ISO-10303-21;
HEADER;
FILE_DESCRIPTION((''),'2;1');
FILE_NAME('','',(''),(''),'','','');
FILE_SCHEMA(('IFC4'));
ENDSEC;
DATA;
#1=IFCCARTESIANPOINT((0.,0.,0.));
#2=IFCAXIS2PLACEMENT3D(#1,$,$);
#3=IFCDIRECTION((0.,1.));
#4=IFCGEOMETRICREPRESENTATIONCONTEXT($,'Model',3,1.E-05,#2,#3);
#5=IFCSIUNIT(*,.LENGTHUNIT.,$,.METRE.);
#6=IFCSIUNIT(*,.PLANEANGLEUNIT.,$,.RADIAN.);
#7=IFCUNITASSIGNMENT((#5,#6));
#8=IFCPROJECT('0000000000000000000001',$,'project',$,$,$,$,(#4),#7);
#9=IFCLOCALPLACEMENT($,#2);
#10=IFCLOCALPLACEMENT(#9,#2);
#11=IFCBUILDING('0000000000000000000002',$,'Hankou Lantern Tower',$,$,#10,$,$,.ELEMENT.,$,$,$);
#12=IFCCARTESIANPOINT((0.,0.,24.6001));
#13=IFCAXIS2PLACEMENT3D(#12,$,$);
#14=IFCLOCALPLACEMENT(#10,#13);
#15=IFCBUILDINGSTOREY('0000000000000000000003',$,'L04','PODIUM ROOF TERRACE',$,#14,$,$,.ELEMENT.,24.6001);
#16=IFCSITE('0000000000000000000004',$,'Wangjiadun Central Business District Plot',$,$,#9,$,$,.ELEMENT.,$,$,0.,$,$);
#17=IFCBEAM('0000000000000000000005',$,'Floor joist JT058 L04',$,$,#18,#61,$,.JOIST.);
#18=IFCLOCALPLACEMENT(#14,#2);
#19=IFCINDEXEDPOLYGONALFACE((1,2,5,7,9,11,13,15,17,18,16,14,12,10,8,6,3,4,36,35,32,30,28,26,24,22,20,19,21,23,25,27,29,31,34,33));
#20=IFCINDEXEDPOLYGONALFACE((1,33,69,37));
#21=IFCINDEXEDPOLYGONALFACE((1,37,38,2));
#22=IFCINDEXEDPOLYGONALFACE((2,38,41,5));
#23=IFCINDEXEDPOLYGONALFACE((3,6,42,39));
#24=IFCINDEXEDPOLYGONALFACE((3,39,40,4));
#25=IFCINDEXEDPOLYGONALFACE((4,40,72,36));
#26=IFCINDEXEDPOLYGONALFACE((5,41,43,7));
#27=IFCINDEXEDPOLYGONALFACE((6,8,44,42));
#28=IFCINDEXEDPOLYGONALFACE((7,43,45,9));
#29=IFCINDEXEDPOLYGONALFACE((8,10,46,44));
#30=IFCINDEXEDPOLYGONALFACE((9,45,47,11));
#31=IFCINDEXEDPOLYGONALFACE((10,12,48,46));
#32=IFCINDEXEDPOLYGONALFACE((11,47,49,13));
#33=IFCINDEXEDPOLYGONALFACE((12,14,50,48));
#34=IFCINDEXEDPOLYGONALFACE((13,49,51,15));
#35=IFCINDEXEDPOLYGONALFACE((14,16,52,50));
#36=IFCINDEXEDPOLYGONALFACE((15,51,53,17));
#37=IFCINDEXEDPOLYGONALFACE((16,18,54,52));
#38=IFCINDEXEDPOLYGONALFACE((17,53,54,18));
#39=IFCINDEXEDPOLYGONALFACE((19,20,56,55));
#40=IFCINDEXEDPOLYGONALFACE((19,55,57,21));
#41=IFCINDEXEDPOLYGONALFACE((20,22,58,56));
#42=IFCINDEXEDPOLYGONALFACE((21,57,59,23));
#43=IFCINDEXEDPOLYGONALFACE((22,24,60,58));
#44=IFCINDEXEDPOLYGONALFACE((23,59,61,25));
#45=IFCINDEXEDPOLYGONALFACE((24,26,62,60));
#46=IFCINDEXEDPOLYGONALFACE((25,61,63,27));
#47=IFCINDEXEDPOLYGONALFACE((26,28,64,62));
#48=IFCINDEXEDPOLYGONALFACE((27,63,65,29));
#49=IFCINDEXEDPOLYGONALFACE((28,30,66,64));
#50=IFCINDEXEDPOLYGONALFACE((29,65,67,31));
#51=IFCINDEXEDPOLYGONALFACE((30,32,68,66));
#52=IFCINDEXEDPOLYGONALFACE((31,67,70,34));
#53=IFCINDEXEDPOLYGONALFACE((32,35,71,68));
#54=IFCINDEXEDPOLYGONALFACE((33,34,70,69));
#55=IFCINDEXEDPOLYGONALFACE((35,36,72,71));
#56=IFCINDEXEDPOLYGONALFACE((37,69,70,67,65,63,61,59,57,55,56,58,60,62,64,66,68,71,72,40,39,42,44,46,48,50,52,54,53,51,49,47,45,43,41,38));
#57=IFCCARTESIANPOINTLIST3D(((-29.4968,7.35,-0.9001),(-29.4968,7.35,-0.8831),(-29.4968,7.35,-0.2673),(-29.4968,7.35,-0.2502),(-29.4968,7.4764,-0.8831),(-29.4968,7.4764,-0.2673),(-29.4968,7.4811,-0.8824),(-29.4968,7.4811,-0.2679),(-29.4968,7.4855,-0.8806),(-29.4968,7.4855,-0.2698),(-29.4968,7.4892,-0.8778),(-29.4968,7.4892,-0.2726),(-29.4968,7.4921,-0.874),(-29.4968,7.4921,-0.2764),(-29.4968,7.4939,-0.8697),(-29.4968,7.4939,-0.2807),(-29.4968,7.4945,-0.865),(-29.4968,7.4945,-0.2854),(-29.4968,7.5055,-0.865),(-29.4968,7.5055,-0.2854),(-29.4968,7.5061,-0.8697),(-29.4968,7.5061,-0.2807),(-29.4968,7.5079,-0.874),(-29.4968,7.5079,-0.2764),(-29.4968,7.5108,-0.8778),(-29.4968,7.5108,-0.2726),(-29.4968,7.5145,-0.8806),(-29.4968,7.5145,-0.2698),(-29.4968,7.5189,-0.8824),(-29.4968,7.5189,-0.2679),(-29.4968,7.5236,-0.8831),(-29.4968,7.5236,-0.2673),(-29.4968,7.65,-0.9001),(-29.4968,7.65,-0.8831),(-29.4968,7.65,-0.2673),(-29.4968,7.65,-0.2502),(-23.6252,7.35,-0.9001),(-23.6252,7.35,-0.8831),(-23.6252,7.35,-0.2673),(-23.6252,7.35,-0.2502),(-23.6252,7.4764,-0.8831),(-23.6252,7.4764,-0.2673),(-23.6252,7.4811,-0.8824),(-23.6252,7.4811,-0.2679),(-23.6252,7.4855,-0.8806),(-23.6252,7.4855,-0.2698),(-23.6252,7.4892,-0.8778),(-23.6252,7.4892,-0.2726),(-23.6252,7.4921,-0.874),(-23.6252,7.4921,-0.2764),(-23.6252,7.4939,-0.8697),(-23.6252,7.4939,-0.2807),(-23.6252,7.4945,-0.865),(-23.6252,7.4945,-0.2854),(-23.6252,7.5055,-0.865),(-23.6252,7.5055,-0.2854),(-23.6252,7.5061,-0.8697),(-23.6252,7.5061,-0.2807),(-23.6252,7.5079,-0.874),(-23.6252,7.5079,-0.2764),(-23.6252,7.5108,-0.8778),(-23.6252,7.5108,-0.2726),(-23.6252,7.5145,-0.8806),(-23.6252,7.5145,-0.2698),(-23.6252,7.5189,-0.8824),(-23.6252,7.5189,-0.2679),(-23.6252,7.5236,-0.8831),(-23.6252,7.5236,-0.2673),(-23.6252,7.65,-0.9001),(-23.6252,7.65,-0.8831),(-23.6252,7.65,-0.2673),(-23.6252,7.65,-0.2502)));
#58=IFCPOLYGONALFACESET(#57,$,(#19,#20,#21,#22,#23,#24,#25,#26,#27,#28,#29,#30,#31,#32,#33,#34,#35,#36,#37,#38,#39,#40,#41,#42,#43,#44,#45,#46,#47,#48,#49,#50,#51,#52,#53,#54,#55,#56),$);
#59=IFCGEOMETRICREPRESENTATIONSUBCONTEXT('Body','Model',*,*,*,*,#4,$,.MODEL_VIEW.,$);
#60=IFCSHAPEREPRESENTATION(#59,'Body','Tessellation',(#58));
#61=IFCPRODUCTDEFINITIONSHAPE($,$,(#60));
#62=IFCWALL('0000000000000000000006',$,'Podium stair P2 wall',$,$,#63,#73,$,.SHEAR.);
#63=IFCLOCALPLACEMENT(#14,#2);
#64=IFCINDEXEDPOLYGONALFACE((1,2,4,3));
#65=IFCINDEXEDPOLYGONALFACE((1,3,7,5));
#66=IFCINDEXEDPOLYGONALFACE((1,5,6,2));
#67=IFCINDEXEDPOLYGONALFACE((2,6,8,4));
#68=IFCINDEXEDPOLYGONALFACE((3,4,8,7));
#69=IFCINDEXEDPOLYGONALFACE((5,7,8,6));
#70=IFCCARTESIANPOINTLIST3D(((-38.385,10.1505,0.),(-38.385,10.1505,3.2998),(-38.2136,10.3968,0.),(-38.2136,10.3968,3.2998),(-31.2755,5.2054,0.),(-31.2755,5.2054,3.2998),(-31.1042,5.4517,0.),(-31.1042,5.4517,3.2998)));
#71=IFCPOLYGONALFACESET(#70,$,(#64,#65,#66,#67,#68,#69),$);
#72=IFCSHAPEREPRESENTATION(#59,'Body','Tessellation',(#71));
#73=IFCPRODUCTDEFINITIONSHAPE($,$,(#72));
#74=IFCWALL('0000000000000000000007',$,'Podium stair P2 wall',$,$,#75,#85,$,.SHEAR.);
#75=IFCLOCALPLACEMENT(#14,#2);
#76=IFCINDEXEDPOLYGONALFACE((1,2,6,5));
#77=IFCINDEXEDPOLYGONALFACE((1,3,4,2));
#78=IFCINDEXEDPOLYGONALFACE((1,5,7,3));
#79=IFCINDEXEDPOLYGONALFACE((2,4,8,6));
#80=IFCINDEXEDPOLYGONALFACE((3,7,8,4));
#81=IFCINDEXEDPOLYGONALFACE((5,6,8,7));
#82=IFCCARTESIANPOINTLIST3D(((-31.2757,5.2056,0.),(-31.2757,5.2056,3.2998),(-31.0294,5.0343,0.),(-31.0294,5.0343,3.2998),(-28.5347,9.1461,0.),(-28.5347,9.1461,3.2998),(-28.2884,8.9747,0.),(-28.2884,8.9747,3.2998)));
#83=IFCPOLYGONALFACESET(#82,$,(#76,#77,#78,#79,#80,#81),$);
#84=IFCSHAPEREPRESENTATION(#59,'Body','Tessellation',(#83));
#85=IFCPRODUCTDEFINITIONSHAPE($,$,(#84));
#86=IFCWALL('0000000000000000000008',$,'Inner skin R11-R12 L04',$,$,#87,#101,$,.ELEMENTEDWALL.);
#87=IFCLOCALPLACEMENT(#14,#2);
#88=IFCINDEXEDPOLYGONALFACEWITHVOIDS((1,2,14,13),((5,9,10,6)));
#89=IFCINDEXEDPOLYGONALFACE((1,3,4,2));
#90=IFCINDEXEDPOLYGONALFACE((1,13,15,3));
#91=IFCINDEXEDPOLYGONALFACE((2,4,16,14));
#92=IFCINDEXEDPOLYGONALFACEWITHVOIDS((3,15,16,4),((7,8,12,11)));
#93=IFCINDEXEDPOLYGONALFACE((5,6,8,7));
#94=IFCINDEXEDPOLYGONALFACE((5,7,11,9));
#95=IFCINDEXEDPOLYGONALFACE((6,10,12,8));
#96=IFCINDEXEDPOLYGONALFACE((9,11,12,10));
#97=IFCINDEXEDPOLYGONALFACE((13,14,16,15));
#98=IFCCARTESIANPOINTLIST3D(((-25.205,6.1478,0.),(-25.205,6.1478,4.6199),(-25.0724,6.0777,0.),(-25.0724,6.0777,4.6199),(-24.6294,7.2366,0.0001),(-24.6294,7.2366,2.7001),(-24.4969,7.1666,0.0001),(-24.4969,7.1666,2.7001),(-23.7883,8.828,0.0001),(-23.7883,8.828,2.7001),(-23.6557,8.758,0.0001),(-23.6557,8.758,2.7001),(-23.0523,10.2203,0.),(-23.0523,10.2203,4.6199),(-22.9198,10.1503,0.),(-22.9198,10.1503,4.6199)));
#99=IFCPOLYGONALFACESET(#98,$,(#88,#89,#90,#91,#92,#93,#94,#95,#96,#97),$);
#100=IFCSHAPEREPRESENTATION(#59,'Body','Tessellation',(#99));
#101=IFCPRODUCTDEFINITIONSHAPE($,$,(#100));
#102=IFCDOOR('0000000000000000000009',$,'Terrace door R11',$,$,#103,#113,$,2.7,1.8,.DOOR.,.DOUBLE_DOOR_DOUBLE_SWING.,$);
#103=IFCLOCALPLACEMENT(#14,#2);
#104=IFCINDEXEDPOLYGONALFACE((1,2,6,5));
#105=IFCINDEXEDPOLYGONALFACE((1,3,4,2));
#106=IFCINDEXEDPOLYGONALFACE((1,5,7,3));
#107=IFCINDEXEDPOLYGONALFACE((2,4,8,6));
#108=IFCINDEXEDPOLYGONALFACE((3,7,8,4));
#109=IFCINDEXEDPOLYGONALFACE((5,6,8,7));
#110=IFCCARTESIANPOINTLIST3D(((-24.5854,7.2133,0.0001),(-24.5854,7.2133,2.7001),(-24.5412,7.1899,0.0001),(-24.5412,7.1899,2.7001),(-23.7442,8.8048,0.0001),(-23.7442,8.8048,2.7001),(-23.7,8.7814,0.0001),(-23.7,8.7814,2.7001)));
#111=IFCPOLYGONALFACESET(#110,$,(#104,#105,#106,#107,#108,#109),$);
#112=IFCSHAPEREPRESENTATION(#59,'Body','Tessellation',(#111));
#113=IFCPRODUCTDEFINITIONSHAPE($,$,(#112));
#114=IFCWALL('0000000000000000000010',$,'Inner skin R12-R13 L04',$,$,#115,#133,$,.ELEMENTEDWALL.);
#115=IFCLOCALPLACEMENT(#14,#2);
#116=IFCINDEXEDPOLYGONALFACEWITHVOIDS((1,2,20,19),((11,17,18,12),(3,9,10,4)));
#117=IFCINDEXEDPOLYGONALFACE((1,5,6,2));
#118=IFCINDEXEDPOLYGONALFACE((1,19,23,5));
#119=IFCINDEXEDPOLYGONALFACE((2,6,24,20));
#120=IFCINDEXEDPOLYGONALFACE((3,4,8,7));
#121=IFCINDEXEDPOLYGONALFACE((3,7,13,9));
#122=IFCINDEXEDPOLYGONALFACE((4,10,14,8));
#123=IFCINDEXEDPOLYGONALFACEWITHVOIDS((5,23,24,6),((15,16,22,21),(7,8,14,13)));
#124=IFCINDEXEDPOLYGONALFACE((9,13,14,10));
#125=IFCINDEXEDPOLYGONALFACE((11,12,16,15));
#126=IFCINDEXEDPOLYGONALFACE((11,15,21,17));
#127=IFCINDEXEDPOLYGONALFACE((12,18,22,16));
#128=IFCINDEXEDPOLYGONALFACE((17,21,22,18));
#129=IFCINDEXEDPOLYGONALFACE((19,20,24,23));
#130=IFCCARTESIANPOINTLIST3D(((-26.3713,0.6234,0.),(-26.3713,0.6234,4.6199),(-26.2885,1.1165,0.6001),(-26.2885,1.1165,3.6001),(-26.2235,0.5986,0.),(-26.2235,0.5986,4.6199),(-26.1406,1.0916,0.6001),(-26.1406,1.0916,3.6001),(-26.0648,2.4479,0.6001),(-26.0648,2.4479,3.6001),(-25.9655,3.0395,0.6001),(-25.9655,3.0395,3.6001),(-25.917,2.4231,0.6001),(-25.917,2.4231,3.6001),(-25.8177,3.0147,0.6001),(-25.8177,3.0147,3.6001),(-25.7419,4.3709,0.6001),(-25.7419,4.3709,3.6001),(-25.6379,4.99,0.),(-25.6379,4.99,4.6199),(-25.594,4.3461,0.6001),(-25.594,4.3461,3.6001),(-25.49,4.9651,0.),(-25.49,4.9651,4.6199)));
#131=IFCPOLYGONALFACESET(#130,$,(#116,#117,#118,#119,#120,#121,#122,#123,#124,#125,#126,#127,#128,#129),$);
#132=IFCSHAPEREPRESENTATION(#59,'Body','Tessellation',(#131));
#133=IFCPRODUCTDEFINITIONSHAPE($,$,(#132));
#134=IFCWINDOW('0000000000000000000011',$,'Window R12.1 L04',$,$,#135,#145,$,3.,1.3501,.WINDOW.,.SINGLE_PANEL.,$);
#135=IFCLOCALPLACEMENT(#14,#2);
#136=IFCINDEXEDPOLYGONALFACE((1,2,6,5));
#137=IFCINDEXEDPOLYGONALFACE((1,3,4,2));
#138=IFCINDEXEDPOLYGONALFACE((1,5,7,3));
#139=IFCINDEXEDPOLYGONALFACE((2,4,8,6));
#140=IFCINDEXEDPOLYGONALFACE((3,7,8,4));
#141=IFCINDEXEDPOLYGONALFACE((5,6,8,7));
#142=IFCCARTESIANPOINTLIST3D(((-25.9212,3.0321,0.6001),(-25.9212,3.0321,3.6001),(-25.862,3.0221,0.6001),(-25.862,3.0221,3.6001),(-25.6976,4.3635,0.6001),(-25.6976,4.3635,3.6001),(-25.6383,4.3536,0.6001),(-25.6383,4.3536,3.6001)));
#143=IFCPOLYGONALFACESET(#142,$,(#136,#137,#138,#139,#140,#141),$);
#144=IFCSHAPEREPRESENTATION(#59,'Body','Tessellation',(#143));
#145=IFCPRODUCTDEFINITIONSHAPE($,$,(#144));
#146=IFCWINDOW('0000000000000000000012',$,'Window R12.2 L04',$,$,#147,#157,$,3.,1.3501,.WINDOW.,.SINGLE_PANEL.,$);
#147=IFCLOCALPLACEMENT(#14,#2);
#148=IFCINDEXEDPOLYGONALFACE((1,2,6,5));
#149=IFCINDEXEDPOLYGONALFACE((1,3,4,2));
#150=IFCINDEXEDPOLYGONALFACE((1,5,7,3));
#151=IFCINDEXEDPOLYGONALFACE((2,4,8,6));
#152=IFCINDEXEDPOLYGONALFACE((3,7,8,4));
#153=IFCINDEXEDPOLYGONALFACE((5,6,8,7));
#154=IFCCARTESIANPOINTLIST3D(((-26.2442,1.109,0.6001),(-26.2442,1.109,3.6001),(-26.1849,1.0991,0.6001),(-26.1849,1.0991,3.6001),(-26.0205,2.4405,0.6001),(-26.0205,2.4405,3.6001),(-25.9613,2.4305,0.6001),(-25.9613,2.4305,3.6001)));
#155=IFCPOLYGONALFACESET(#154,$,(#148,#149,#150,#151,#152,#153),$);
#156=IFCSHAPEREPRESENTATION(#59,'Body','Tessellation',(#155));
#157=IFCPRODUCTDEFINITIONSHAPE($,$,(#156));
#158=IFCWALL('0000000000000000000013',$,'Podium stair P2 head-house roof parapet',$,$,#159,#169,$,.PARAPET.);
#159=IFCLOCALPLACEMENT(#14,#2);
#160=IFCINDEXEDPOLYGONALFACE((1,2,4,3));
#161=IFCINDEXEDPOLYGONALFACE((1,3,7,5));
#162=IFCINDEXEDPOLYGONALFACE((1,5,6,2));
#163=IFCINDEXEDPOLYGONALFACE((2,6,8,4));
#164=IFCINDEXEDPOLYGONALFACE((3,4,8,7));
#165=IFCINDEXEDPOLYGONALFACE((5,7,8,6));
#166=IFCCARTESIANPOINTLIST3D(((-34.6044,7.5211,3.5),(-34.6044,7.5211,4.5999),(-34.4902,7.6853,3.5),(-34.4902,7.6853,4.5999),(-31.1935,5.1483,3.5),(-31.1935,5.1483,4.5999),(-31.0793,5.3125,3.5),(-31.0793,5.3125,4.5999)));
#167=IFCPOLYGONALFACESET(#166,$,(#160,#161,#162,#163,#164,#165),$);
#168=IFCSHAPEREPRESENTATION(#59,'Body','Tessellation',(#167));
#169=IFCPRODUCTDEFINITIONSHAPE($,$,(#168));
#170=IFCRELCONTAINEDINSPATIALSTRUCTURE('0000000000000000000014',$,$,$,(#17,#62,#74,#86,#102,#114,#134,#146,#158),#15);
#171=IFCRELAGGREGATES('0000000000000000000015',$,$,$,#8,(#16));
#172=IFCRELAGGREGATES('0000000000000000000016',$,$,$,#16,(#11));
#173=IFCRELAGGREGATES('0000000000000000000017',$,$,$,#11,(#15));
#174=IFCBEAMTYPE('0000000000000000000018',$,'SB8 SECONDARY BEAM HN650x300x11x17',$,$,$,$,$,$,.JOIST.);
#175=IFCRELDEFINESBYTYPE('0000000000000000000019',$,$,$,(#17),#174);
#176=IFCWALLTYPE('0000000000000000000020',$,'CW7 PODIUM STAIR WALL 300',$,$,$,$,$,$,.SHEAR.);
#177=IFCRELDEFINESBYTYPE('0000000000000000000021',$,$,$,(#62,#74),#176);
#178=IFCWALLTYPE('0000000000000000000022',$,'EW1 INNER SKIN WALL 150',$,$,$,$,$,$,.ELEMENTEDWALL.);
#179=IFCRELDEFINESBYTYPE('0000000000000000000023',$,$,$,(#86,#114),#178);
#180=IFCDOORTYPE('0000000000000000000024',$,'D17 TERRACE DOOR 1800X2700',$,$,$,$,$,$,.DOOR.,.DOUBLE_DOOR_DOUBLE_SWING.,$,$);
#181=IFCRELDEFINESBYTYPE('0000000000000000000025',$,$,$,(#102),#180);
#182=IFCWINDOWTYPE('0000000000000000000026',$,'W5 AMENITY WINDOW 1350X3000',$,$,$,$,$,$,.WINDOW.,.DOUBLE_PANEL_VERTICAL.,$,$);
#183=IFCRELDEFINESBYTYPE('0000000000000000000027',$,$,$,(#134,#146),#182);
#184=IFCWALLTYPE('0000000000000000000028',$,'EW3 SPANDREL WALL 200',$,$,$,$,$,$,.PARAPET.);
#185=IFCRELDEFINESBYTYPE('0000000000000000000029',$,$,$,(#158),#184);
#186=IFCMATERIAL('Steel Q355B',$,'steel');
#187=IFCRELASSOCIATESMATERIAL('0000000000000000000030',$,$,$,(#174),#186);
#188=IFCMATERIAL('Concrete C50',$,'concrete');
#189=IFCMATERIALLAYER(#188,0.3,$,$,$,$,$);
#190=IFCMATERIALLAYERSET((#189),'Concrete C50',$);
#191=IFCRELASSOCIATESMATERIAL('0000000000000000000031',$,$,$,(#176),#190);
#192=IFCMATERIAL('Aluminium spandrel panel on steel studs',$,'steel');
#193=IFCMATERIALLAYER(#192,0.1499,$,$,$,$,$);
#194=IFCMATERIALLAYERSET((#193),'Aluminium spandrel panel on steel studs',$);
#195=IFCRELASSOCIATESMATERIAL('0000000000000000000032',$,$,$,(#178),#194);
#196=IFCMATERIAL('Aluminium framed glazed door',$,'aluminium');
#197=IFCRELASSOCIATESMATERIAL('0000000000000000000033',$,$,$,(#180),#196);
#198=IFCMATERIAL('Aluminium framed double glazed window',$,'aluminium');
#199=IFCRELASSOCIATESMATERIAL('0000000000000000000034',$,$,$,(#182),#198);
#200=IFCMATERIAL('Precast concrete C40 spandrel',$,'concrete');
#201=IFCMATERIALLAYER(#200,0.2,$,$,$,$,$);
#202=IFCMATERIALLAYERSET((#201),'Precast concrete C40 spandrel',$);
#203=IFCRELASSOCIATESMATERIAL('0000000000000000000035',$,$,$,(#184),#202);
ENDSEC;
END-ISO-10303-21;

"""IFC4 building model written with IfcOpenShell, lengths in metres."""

from ifc_helpers import new_model, si_unit, direction, frame, frame_2d, origin, origin_2d, place, context, subcontext, project, spatial, rectangle, i_section, extrude, material, layer, layer_set, material_profile, profile_set, type_object, element, fill, save


model = new_model("IFC4")

# Units and contexts
model_context = context("Model", 3, precision=1e-05, world=origin(), true_north=direction((0.0, 1.0)))
body_context = subcontext(model_context, "Body", "Model", "MODEL_VIEW")
ifc_project = project(units=[si_unit("LENGTHUNIT", "METRE"), si_unit("PLANEANGLEUNIT", "RADIAN")], contexts=[model_context])

# Site, building, storey
site_placement = place(None, origin())
site = spatial("IfcSite", under=ifc_project, at=site_placement, Name="Wangjiadun Central Business District Plot", CompositionType="ELEMENT", RefElevation=0.0)
building_placement = place(site_placement, origin())
building = spatial("IfcBuilding", under=site, at=building_placement, Name="Hankou Lantern Tower", CompositionType="ELEMENT")
storey_placement = place(building_placement, frame((0.0, 0.0, 24.6001)))
storey = spatial("IfcBuildingStorey", under=building, at=storey_placement, Name="L04", Description="PODIUM ROOF TERRACE", CompositionType="ELEMENT", Elevation=24.6001)

# Beam
ifc_material_1 = material(Name="Steel Q355B", Category="steel")
ifc_material_profile_1 = material_profile(ifc_material_1, i_section(OverallWidth=0.3, OverallDepth=0.6499, WebThickness=0.011, FlangeThickness=0.0171, FilletRadius=0.0181, at=origin_2d()), Name="HN650x300x11x17")
ifc_profile_set_1 = profile_set([ifc_material_profile_1], Name="Steel Q355B")
beam_type_1 = type_object("IfcBeamType", Name="SB8 SECONDARY BEAM HN650x300x11x17", PredefinedType="JOIST", material=ifc_profile_set_1)
beam_1_placement = place(storey_placement, frame((-29.4968, 7.5, -0.5752), z_axis=(1.0, 0.0, 0.0), x_axis=(0.0, 1.0, 0.0)))
element("IfcBeam", 1, at=beam_1_placement, inside=storey, type_object=beam_type_1, Name="Floor joist JT058 L04", PredefinedType="JOIST", context=body_context, shape_type="SweptSolid", body=[
    extrude(i_section(OverallWidth=0.3, OverallDepth=0.6499, WebThickness=0.011, FlangeThickness=0.0171, FilletRadius=0.0181, at=origin_2d()), origin(), (0.0, 0.0, 1.0), 5.8716),
])

# Walls
ifc_material_2 = material(Name="Concrete C50", Category="concrete")
ifc_layer_1 = layer(ifc_material_2, 0.3)
ifc_layer_set_1 = layer_set([ifc_layer_1], Name="Concrete C50")
wall_type_1 = type_object("IfcWallType", Name="CW7 PODIUM STAIR WALL 300", PredefinedType="SHEAR", material=ifc_layer_set_1)
wall_1_placement = place(storey_placement, frame((-38.2993, 10.2737, 0.0), z_axis=(0.0, 0.0, 1.0), x_axis=(0.820937, -0.571019, 0.0)))
element("IfcWall", 2, at=wall_1_placement, inside=storey, type_object=wall_type_1, Name="Podium stair P2 wall", PredefinedType="SHEAR", context=body_context, shape_type="SweptSolid", body=[
    extrude(rectangle(XDim=8.6602, YDim=0.3, at=frame_2d((4.3301, 0.0))), origin(), (0.0, 0.0, 1.0), 3.2998),
])
wall_2_placement = place(storey_placement, frame((-28.4116, 9.0603, 0.0), z_axis=(0.0, 0.0, 1.0), x_axis=(-0.571036, -0.820925, 0.0)))
element("IfcWall", 3, at=wall_2_placement, inside=storey, type_object=wall_type_1, Name="Podium stair P2 wall", PredefinedType="SHEAR", context=body_context, shape_type="SweptSolid", body=[
    extrude(rectangle(XDim=4.8, YDim=0.3, at=frame_2d((2.3999, 0.0))), origin(), (0.0, 0.0, 1.0), 3.2998),
])

# Wall, opening, door
ifc_material_3 = material(Name="Aluminium spandrel panel on steel studs", Category="steel")
ifc_layer_2 = layer(ifc_material_3, 0.1499)
ifc_layer_set_2 = layer_set([ifc_layer_2], Name="Aluminium spandrel panel on steel studs")
wall_type_2 = type_object("IfcWallType", Name="EW1 INNER SKIN WALL 150", PredefinedType="ELEMENTEDWALL", material=ifc_layer_set_2)
wall_3_placement = place(storey_placement, frame((-22.9861, 10.1853, 0.0), z_axis=(0.0, 0.0, 1.0), x_axis=(-0.467303, -0.884097, 0.0)))
wall_3 = element("IfcWall", 4, at=wall_3_placement, inside=storey, type_object=wall_type_2, Name="Inner skin R11-R12 L04", PredefinedType="ELEMENTEDWALL", context=body_context, shape_type="SweptSolid", body=[
    extrude(rectangle(XDim=4.6064, YDim=0.1499, at=frame_2d((2.3032, 0.0))), origin(), (0.0, 0.0, 1.0), 4.6199),
])
opening_1_placement = place(wall_3_placement, frame((1.575, 0.0, 0.0)))
opening_1 = element("IfcOpeningElement", 5, at=opening_1_placement, cuts=wall_3, PredefinedType="OPENING", context=body_context, shape_type="SweptSolid", body=[
    extrude(rectangle(XDim=1.8, YDim=2.7, at=frame_2d((0.8999, 1.3501))), frame((0.0, 0.085, 0.0), z_axis=(0.0, -1.0, 0.0), x_axis=(1.0, 0.0, 0.0)), (0.0, 0.0, 1.0), 0.1699),
])
ifc_material_4 = material(Name="Aluminium framed glazed door", Category="aluminium")
door_type = type_object("IfcDoorType", Name="D17 TERRACE DOOR 1800X2700", OperationType="DOUBLE_DOOR_DOUBLE_SWING", PredefinedType="DOOR", material=ifc_material_4)
door_placement = place(opening_1_placement, origin())
door = element("IfcDoor", 6, at=door_placement, inside=storey, type_object=door_type, Name="Terrace door R11", OperationType="DOUBLE_DOOR_DOUBLE_SWING", OverallHeight=2.7, OverallWidth=1.8, PredefinedType="DOOR", context=body_context, shape_type="SweptSolid", body=[
    extrude(rectangle(XDim=1.8, YDim=2.7, at=frame_2d((0.8999, 1.3501))), frame((0.0, 0.0249, 0.0), z_axis=(0.0, -1.0, 0.0), x_axis=(1.0, 0.0, 0.0)), (0.0, 0.0, 1.0), 0.05),
])
fill(opening_1, door)

# Wall, openings, windows
wall_4_placement = place(storey_placement, frame((-25.564, 4.9775, 0.0), z_axis=(0.0, 0.0, 1.0), x_axis=(-0.165642, -0.986186, 0.0)))
wall_4 = element("IfcWall", 7, at=wall_4_placement, inside=storey, type_object=wall_type_2, Name="Inner skin R12-R13 L04", PredefinedType="ELEMENTEDWALL", context=body_context, shape_type="SweptSolid", body=[
    extrude(rectangle(XDim=4.4277, YDim=0.1499, at=frame_2d((2.2139, 0.0))), origin(), (0.0, 0.0, 1.0), 4.6199),
])
opening_2_placement = place(wall_4_placement, frame((0.6277, 0.0, 0.6001)))
opening_2 = element("IfcOpeningElement", 8, at=opening_2_placement, cuts=wall_4, PredefinedType="OPENING", context=body_context, shape_type="SweptSolid", body=[
    extrude(rectangle(XDim=1.3501, YDim=3.0, at=frame_2d((0.675, 1.5))), frame((0.0, 0.085, 0.0), z_axis=(0.0, -1.0, 0.0), x_axis=(1.0, 0.0, 0.0)), (0.0, 0.0, 1.0), 0.1699),
])
opening_3_placement = place(wall_4_placement, frame((2.5776, 0.0, 0.6001)))
opening_3 = element("IfcOpeningElement", 9, at=opening_3_placement, cuts=wall_4, PredefinedType="OPENING", context=body_context, shape_type="SweptSolid", body=[
    extrude(rectangle(XDim=1.3501, YDim=3.0, at=frame_2d((0.675, 1.5))), frame((0.0, 0.085, 0.0), z_axis=(0.0, -1.0, 0.0), x_axis=(1.0, 0.0, 0.0)), (0.0, 0.0, 1.0), 0.1699),
])
ifc_material_5 = material(Name="Aluminium framed double glazed window", Category="aluminium")
window_type = type_object("IfcWindowType", Name="W5 AMENITY WINDOW 1350X3000", PartitioningType="DOUBLE_PANEL_VERTICAL", PredefinedType="WINDOW", material=ifc_material_5)
window_1_placement = place(opening_2_placement, origin())
window_1 = element("IfcWindow", 10, at=window_1_placement, inside=storey, type_object=window_type, Name="Window R12.1 L04", OverallHeight=3.0, OverallWidth=1.3501, PartitioningType="SINGLE_PANEL", PredefinedType="WINDOW", context=body_context, shape_type="SweptSolid", body=[
    extrude(rectangle(XDim=1.3501, YDim=3.0, at=frame_2d((0.675, 1.5))), frame((0.0, 0.03, 0.0), z_axis=(0.0, -1.0, 0.0), x_axis=(1.0, 0.0, 0.0)), (0.0, 0.0, 1.0), 0.0601),
])
fill(opening_2, window_1)
window_2_placement = place(opening_3_placement, origin())
window_2 = element("IfcWindow", 11, at=window_2_placement, inside=storey, type_object=window_type, Name="Window R12.2 L04", OverallHeight=3.0, OverallWidth=1.3501, PartitioningType="SINGLE_PANEL", PredefinedType="WINDOW", context=body_context, shape_type="SweptSolid", body=[
    extrude(rectangle(XDim=1.3501, YDim=3.0, at=frame_2d((0.675, 1.5))), frame((0.0, 0.03, 0.0), z_axis=(0.0, -1.0, 0.0), x_axis=(1.0, 0.0, 0.0)), (0.0, 0.0, 1.0), 0.0601),
])
fill(opening_3, window_2)

# Wall
ifc_material_6 = material(Name="Precast concrete C40 spandrel", Category="concrete")
ifc_layer_3 = layer(ifc_material_6, 0.2)
ifc_layer_set_3 = layer_set([ifc_layer_3], Name="Precast concrete C40 spandrel")
wall_type_3 = type_object("IfcWallType", Name="EW3 SPANDREL WALL 200", PredefinedType="PARAPET", material=ifc_layer_set_3)
wall_5_placement = place(storey_placement, frame((-34.5474, 7.6033, 3.5), z_axis=(0.0, 0.0, 1.0), x_axis=(0.820904, -0.571066, 0.0)))
element("IfcWall", 12, at=wall_5_placement, inside=storey, type_object=wall_type_3, Name="Podium stair P2 head-house roof parapet", PredefinedType="PARAPET", context=body_context, shape_type="SweptSolid", body=[
    extrude(rectangle(XDim=4.155, YDim=0.2, at=frame_2d((2.0776, 0.0))), origin(), (0.0, 0.0, 1.0), 1.0999),
])

save(model, "model.ifc")
